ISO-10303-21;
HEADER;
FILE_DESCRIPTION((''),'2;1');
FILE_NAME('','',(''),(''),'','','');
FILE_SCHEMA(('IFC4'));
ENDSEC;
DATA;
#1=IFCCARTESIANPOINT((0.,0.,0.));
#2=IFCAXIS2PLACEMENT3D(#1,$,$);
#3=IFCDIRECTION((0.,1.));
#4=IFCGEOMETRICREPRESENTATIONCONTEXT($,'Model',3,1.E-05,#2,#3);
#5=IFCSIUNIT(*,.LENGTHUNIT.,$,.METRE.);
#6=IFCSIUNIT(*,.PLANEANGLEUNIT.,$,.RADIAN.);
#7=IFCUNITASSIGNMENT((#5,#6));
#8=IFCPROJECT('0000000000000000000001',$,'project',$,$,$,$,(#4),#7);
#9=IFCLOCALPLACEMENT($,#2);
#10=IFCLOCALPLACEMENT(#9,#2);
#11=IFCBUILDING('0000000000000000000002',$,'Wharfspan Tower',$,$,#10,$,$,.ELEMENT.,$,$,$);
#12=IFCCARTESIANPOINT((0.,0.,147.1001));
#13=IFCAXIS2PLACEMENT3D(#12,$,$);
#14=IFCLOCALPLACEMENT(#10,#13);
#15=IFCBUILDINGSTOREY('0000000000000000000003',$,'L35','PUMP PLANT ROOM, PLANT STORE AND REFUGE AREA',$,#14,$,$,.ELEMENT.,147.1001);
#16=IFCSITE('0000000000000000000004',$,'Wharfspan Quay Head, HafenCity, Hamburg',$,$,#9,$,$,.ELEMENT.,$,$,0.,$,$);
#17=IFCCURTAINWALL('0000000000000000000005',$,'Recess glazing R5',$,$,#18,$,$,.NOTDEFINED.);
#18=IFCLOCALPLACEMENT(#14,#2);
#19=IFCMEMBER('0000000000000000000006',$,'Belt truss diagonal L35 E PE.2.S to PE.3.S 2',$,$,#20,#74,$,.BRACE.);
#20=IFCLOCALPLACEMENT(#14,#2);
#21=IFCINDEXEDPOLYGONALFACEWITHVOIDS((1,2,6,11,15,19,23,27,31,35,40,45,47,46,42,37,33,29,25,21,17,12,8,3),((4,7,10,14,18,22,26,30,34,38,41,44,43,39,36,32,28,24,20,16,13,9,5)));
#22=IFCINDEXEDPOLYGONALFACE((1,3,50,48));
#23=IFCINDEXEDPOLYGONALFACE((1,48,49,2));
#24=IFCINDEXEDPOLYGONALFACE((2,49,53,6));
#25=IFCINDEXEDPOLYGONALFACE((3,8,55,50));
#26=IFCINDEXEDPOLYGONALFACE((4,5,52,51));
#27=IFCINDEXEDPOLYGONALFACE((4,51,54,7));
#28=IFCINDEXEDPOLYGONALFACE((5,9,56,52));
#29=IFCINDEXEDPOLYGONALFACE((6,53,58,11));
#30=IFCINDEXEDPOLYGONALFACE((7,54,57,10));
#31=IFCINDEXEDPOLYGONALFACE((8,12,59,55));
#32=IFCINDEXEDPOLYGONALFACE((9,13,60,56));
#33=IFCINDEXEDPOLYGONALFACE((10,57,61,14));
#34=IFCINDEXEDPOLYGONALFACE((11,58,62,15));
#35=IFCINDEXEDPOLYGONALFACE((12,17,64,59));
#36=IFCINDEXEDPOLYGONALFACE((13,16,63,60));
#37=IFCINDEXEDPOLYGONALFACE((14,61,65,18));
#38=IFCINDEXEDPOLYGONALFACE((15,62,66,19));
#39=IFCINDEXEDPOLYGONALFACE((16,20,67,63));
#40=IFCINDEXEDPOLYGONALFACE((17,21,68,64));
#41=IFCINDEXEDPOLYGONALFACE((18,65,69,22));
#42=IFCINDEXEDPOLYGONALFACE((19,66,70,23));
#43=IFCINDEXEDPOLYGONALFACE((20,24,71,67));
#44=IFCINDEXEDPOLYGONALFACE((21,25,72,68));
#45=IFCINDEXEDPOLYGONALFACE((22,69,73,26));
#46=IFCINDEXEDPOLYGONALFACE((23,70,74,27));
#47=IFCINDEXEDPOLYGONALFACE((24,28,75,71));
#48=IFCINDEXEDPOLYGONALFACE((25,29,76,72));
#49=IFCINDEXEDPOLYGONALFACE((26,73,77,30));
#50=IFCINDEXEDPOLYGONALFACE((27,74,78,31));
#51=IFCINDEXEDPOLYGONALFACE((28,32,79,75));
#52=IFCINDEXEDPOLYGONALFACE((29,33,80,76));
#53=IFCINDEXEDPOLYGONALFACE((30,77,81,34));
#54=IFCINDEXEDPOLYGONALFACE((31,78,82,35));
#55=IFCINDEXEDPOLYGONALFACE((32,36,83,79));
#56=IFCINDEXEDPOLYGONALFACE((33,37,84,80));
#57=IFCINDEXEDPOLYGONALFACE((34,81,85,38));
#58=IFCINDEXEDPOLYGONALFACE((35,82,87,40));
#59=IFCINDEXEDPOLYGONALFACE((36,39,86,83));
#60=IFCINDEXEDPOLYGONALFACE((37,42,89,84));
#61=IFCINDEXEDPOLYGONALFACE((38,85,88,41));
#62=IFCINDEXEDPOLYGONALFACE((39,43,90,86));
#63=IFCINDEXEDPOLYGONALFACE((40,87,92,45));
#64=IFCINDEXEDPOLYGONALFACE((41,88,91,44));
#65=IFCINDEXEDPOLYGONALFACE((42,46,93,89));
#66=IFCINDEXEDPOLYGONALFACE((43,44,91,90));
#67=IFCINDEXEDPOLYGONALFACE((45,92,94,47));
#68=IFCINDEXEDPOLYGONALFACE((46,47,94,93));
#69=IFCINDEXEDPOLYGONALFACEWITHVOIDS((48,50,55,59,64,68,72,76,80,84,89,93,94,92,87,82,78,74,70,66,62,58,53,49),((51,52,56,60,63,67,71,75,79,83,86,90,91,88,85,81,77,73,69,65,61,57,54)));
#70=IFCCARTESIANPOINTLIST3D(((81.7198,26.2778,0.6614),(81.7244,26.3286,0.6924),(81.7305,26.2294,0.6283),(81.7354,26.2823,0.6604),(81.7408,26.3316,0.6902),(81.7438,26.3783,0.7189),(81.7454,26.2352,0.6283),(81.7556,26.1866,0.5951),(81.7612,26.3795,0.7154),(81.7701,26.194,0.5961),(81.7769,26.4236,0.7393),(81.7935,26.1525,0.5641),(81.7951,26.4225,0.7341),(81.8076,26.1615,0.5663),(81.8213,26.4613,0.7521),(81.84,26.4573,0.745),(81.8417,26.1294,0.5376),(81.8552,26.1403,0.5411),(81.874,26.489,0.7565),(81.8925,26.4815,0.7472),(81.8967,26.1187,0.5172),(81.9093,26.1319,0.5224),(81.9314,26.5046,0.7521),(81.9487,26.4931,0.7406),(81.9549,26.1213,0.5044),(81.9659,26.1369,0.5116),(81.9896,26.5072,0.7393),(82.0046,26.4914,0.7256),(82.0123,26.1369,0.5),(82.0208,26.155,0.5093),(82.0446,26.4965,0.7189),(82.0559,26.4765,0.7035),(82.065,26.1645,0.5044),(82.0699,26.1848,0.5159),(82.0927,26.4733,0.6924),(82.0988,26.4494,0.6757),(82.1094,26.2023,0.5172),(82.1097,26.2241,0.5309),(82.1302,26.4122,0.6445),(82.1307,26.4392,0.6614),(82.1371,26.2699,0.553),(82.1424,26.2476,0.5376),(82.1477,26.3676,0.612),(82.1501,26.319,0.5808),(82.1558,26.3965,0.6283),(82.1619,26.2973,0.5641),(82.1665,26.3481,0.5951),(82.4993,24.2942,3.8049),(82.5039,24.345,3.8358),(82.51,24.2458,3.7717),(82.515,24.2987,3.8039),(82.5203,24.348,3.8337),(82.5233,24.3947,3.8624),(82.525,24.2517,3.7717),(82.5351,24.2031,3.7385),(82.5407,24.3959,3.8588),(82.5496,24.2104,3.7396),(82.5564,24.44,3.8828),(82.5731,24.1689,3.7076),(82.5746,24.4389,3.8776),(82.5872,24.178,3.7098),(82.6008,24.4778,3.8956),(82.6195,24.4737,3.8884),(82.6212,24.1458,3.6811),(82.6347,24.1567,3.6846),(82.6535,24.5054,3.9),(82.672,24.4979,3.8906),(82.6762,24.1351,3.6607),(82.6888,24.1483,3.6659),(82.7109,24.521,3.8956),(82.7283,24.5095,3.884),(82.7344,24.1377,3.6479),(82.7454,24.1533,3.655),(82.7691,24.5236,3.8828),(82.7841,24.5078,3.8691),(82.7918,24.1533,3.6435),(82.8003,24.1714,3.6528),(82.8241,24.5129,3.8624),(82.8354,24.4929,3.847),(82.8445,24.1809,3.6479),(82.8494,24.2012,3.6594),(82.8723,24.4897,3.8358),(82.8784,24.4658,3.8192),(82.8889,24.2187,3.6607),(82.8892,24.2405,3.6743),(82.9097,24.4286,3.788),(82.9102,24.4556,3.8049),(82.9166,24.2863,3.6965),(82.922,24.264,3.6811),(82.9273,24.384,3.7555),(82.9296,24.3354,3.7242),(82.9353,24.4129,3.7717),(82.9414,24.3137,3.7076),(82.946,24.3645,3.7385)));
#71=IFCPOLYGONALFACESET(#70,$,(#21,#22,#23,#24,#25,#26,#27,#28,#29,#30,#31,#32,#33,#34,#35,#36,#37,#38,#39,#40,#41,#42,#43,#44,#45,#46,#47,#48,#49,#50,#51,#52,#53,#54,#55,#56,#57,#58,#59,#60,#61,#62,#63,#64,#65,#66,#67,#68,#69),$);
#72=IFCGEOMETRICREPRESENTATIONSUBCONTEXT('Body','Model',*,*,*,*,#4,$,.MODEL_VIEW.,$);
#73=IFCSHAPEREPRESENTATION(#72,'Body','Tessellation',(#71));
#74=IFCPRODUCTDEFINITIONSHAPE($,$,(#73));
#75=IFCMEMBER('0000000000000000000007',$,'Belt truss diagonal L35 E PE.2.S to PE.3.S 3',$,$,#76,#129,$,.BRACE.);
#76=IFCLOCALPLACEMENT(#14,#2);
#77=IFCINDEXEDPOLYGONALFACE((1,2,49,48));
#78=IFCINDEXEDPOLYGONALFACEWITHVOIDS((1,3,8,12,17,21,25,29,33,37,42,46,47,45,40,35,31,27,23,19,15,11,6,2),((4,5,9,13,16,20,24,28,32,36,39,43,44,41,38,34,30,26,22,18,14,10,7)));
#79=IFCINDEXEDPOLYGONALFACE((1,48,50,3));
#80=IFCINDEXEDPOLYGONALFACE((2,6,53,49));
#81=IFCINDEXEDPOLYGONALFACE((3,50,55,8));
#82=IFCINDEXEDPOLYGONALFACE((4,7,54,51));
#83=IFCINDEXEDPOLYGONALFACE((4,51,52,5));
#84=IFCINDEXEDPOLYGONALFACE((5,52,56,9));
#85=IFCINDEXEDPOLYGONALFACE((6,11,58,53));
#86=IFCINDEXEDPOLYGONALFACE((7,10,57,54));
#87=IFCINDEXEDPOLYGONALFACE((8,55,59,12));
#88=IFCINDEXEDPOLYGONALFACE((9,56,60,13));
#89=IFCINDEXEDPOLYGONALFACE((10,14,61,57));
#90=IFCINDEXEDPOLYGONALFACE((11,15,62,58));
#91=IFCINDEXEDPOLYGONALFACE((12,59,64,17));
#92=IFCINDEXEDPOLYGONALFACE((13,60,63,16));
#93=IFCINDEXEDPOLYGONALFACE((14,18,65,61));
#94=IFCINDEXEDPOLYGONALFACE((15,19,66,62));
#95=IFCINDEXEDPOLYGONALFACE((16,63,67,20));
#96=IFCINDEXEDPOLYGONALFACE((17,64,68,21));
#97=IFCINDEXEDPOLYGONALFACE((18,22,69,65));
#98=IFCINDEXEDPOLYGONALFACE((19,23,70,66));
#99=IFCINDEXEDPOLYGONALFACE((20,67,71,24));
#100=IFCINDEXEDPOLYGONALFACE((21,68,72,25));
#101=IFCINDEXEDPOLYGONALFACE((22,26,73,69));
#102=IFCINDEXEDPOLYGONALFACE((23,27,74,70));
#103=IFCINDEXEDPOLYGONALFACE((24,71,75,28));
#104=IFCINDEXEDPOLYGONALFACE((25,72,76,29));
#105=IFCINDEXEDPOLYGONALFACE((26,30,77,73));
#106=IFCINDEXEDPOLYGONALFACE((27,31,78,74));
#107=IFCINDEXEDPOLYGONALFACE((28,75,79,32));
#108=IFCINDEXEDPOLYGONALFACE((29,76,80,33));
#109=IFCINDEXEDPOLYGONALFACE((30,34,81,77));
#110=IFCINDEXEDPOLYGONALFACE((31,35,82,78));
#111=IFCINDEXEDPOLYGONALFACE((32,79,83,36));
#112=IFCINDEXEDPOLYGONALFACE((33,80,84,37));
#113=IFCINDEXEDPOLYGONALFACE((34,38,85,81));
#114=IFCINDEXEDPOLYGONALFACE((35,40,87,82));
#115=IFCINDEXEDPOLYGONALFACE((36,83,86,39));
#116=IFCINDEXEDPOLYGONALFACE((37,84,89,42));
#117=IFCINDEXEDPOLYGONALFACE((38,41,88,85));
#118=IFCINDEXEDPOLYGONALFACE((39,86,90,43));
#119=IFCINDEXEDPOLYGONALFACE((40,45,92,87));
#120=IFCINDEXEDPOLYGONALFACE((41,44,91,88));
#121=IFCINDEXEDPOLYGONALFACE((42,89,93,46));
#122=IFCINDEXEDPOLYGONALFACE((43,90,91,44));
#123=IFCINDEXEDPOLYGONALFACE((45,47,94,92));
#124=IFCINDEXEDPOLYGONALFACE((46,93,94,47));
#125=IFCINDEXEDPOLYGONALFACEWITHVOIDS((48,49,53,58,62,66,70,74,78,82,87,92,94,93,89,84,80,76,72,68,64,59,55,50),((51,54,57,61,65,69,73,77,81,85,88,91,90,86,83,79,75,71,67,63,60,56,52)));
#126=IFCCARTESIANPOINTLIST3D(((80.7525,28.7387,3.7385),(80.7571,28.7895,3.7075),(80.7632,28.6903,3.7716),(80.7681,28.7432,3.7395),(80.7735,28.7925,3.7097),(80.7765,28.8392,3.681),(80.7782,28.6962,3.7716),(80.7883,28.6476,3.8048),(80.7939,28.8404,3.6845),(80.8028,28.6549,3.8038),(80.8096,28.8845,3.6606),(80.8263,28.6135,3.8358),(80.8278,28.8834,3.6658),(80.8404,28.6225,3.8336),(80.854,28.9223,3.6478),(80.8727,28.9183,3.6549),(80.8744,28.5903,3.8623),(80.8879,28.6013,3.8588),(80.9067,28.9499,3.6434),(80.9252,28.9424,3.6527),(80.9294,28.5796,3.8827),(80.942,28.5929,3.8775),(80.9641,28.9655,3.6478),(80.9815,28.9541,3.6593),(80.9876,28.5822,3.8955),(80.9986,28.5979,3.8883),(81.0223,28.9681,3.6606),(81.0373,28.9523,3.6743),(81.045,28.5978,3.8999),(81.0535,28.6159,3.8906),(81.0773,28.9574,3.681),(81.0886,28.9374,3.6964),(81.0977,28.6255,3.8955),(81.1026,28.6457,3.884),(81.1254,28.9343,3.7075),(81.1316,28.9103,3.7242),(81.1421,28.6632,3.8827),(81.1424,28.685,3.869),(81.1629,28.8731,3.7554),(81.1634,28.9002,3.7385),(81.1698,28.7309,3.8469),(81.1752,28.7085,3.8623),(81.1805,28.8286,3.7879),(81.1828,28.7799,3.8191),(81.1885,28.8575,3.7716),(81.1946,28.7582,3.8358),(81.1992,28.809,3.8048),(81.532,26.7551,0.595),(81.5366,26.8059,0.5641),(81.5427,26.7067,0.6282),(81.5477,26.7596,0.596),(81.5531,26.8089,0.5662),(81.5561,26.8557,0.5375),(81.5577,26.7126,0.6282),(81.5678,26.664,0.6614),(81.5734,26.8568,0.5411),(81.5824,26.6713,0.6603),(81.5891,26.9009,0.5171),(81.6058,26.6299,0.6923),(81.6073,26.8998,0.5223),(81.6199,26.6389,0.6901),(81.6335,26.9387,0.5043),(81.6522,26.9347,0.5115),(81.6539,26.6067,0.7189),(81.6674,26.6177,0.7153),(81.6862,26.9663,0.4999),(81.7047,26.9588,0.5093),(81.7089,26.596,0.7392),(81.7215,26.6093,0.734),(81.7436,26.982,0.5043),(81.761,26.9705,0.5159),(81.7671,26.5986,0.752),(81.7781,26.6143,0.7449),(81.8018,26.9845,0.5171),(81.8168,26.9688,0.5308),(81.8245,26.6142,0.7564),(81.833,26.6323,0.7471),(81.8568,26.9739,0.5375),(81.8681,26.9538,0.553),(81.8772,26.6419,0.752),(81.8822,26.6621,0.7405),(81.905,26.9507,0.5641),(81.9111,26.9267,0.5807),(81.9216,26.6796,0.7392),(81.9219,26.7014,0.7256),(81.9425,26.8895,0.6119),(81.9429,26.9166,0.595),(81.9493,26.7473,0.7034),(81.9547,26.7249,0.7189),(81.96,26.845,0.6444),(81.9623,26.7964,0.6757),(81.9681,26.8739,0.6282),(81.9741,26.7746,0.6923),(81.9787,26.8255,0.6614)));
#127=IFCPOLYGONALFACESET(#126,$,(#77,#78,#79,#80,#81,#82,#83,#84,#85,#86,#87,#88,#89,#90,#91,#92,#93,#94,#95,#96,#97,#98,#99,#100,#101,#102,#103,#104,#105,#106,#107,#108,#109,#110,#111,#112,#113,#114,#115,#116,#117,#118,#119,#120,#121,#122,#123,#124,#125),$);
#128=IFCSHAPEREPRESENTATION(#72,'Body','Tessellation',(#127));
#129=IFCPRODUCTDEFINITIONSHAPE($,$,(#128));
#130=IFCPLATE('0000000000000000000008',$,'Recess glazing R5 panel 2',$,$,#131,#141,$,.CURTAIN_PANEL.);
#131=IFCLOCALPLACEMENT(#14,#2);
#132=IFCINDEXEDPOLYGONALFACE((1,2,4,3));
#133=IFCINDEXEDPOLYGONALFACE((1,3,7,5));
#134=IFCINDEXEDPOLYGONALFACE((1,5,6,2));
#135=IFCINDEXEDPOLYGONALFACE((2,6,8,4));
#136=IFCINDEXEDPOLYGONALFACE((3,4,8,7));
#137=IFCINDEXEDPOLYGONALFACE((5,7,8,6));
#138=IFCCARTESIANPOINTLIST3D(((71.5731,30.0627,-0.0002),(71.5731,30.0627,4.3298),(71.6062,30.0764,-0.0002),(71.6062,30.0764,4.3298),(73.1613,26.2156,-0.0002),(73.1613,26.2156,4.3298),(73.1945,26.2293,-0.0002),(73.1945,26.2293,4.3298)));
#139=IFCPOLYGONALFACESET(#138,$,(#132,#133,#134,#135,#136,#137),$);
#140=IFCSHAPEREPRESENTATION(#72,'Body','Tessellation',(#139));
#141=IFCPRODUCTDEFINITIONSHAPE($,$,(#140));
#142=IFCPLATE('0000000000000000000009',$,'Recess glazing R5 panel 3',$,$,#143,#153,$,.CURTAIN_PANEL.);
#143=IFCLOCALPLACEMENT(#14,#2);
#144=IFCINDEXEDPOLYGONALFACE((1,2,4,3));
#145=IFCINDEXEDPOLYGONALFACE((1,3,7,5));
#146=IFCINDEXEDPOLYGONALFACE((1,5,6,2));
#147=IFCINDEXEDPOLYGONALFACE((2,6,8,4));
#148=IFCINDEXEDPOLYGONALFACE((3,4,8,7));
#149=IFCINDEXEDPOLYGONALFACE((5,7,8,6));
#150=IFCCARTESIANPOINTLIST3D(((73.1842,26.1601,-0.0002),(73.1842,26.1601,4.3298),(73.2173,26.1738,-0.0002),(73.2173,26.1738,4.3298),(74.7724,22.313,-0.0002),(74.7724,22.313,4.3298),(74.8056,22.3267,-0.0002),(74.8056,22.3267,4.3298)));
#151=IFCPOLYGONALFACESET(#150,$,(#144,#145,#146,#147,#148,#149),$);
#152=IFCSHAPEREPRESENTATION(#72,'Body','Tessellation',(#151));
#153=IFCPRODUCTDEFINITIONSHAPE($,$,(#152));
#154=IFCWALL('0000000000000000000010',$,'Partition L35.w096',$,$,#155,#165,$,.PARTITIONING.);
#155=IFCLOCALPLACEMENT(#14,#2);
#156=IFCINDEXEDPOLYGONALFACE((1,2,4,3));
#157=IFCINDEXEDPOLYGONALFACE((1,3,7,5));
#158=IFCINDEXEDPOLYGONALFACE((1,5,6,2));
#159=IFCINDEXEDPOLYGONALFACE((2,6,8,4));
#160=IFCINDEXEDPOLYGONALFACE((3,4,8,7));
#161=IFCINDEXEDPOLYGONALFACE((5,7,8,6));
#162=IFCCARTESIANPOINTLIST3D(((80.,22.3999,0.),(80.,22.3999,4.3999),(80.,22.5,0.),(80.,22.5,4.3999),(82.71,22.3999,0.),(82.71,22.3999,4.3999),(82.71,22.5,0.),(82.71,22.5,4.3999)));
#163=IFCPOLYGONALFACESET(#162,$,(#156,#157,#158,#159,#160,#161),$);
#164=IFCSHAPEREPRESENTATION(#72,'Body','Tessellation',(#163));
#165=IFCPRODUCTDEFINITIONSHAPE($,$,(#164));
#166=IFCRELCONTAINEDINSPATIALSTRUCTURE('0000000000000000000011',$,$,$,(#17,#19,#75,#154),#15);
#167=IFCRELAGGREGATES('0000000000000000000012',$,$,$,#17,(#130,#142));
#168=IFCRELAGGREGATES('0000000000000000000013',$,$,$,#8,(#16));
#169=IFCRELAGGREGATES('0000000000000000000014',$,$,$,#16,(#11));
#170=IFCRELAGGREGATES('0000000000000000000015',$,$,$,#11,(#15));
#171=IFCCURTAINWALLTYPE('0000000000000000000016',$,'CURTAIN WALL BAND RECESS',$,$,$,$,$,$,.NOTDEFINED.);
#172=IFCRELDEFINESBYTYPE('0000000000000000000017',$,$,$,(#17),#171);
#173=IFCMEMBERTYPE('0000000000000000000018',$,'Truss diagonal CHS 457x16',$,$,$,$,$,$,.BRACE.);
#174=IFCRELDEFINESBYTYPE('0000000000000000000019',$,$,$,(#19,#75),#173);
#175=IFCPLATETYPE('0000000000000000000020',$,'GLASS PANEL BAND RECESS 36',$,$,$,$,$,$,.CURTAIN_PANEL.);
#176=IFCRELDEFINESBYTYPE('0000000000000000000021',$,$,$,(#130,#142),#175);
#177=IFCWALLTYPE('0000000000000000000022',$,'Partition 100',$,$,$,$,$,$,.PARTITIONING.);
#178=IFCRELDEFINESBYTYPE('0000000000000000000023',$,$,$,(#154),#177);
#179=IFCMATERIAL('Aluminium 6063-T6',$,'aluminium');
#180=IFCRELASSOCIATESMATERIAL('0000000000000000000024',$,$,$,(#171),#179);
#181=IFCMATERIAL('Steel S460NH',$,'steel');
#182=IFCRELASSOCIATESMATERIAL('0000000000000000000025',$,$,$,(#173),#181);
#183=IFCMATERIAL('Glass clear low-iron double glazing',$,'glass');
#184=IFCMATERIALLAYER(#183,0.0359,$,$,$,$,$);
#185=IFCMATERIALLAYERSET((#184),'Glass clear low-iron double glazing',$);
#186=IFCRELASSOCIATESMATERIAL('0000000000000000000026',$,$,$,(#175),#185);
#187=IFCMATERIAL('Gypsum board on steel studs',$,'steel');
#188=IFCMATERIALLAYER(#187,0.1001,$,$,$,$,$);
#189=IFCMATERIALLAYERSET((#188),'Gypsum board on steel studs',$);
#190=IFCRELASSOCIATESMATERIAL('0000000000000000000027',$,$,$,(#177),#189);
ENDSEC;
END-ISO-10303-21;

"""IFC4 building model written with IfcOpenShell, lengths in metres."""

from ifc_helpers import new_model, si_unit, direction, frame, frame_2d, origin, origin_2d, place, context, subcontext, project, spatial, rectangle, hollow_circle, extrude, material, layer, layer_set, material_profile, profile_set, type_object, element, aggregate, save


model = new_model("IFC4")

# Units and contexts
model_context = context("Model", 3, precision=1e-05, world=origin(), true_north=direction((0.0, 1.0)))
body_context = subcontext(model_context, "Body", "Model", "MODEL_VIEW")
ifc_project = project(units=[si_unit("LENGTHUNIT", "METRE"), si_unit("PLANEANGLEUNIT", "RADIAN")], contexts=[model_context])

# Site, building, storey
site_placement = place(None, origin())
site = spatial("IfcSite", under=ifc_project, at=site_placement, Name="Wharfspan Quay Head, HafenCity, Hamburg", CompositionType="ELEMENT", RefElevation=0.0)
building_placement = place(site_placement, origin())
building = spatial("IfcBuilding", under=site, at=building_placement, Name="Wharfspan Tower", CompositionType="ELEMENT")
storey_placement = place(building_placement, frame((0.0, 0.0, 147.1001)))
storey = spatial("IfcBuildingStorey", under=building, at=storey_placement, Name="L35", Description="PUMP PLANT ROOM, PLANT STORE AND REFUGE AREA", CompositionType="ELEMENT", Elevation=147.1001)

# Curtain wall
ifc_material_1 = material(Name="Aluminium 6063-T6", Category="aluminium")
curtain_wall_type = type_object("IfcCurtainWallType", Name="CURTAIN WALL BAND RECESS", PredefinedType="NOTDEFINED", material=ifc_material_1)
curtain_wall_placement = place(storey_placement, origin())
curtain_wall = element("IfcCurtainWall", 1, at=curtain_wall_placement, inside=storey, type_object=curtain_wall_type, Name="Recess glazing R5", PredefinedType="NOTDEFINED")

# Members
ifc_material_2 = material(Name="Steel S460NH", Category="steel")
ifc_material_profile_1 = material_profile(ifc_material_2, hollow_circle(Radius=0.2285, WallThickness=0.0161, at=origin_2d()))
ifc_profile_set_1 = profile_set([ifc_material_profile_1], Name="Steel S460NH")
member_type_1 = type_object("IfcMemberType", Name="Truss diagonal CHS 457x16", PredefinedType="BRACE", material=ifc_profile_set_1)
for number, where, z_axis, x_axis, name in (
    (2, (82.7227, 24.3293, 3.7717), (-0.205253, 0.522292, -0.827697), (-0.930715, -0.365754, 0.000002), "Belt truss diagonal L35 E PE.2.S to PE.3.S 2"),
    (3, (81.7554, 26.7903, 0.6282), (-0.205253, 0.522292, 0.827697), (-0.930715, -0.365754, -0.000002), "Belt truss diagonal L35 E PE.2.S to PE.3.S 3"),
):
    element("IfcMember", number, at=place(storey_placement, frame(where, z_axis=z_axis, x_axis=x_axis)), inside=storey, type_object=member_type_1, Name=name, PredefinedType="BRACE", context=body_context, shape_type="SweptSolid", body=[
        extrude(hollow_circle(Radius=0.2285, WallThickness=0.0161, at=origin_2d()), origin(), (0.0, 0.0, 1.0), 3.7979),
    ])

# Plates
ifc_material_3 = material(Name="Glass clear low-iron double glazing", Category="glass")
ifc_layer_1 = layer(ifc_material_3, 0.0359)
ifc_layer_set_1 = layer_set([ifc_layer_1], Name="Glass clear low-iron double glazing")
plate_type = type_object("IfcPlateType", Name="GLASS PANEL BAND RECESS 36", PredefinedType="CURTAIN_PANEL", material=ifc_layer_set_1)
plate_1_placement = place(storey_placement, frame((72.3838, 28.146, -0.0002), z_axis=(0.0, 0.0, 1.0), x_axis=(0.381602, -0.924325, 0.0)))
plate_1 = element("IfcPlate", 4, at=plate_1_placement, type_object=plate_type, Name="Recess glazing R5 panel 2", PredefinedType="CURTAIN_PANEL", context=body_context, shape_type="SweptSolid", body=[
    extrude(rectangle(XDim=4.1621, YDim=0.0359, at=origin_2d()), origin(), (0.0, 0.0, 1.0), 4.3301),
])
plate_2_placement = place(storey_placement, frame((73.9949, 24.2434, -0.0002), z_axis=(0.0, 0.0, 1.0), x_axis=(0.381602, -0.924325, 0.0)))
plate_2 = element("IfcPlate", 5, at=plate_2_placement, type_object=plate_type, Name="Recess glazing R5 panel 3", PredefinedType="CURTAIN_PANEL", context=body_context, shape_type="SweptSolid", body=[
    extrude(rectangle(XDim=4.1621, YDim=0.0359, at=origin_2d()), origin(), (0.0, 0.0, 1.0), 4.3301),
])
aggregate(curtain_wall, [plate_1, plate_2])

# Wall
ifc_material_4 = material(Name="Gypsum board on steel studs", Category="steel")
ifc_layer_2 = layer(ifc_material_4, 0.1001)
ifc_layer_set_2 = layer_set([ifc_layer_2], Name="Gypsum board on steel studs")
wall_type = type_object("IfcWallType", Name="Partition 100", PredefinedType="PARTITIONING", material=ifc_layer_set_2)
wall_placement = place(storey_placement, frame((80.0, 22.45, 0.0), z_axis=(0.0, 0.0, 1.0), x_axis=(1.0, 0.0, 0.0)))
element("IfcWall", 6, at=wall_placement, inside=storey, type_object=wall_type, Name="Partition L35.w096", PredefinedType="PARTITIONING", context=body_context, shape_type="SweptSolid", body=[
    extrude(rectangle(XDim=2.71, YDim=0.1001, at=frame_2d((1.355, 0.0))), origin(), (0.0, 0.0, 1.0), 4.3999),
])

save(model, "model.ifc")
